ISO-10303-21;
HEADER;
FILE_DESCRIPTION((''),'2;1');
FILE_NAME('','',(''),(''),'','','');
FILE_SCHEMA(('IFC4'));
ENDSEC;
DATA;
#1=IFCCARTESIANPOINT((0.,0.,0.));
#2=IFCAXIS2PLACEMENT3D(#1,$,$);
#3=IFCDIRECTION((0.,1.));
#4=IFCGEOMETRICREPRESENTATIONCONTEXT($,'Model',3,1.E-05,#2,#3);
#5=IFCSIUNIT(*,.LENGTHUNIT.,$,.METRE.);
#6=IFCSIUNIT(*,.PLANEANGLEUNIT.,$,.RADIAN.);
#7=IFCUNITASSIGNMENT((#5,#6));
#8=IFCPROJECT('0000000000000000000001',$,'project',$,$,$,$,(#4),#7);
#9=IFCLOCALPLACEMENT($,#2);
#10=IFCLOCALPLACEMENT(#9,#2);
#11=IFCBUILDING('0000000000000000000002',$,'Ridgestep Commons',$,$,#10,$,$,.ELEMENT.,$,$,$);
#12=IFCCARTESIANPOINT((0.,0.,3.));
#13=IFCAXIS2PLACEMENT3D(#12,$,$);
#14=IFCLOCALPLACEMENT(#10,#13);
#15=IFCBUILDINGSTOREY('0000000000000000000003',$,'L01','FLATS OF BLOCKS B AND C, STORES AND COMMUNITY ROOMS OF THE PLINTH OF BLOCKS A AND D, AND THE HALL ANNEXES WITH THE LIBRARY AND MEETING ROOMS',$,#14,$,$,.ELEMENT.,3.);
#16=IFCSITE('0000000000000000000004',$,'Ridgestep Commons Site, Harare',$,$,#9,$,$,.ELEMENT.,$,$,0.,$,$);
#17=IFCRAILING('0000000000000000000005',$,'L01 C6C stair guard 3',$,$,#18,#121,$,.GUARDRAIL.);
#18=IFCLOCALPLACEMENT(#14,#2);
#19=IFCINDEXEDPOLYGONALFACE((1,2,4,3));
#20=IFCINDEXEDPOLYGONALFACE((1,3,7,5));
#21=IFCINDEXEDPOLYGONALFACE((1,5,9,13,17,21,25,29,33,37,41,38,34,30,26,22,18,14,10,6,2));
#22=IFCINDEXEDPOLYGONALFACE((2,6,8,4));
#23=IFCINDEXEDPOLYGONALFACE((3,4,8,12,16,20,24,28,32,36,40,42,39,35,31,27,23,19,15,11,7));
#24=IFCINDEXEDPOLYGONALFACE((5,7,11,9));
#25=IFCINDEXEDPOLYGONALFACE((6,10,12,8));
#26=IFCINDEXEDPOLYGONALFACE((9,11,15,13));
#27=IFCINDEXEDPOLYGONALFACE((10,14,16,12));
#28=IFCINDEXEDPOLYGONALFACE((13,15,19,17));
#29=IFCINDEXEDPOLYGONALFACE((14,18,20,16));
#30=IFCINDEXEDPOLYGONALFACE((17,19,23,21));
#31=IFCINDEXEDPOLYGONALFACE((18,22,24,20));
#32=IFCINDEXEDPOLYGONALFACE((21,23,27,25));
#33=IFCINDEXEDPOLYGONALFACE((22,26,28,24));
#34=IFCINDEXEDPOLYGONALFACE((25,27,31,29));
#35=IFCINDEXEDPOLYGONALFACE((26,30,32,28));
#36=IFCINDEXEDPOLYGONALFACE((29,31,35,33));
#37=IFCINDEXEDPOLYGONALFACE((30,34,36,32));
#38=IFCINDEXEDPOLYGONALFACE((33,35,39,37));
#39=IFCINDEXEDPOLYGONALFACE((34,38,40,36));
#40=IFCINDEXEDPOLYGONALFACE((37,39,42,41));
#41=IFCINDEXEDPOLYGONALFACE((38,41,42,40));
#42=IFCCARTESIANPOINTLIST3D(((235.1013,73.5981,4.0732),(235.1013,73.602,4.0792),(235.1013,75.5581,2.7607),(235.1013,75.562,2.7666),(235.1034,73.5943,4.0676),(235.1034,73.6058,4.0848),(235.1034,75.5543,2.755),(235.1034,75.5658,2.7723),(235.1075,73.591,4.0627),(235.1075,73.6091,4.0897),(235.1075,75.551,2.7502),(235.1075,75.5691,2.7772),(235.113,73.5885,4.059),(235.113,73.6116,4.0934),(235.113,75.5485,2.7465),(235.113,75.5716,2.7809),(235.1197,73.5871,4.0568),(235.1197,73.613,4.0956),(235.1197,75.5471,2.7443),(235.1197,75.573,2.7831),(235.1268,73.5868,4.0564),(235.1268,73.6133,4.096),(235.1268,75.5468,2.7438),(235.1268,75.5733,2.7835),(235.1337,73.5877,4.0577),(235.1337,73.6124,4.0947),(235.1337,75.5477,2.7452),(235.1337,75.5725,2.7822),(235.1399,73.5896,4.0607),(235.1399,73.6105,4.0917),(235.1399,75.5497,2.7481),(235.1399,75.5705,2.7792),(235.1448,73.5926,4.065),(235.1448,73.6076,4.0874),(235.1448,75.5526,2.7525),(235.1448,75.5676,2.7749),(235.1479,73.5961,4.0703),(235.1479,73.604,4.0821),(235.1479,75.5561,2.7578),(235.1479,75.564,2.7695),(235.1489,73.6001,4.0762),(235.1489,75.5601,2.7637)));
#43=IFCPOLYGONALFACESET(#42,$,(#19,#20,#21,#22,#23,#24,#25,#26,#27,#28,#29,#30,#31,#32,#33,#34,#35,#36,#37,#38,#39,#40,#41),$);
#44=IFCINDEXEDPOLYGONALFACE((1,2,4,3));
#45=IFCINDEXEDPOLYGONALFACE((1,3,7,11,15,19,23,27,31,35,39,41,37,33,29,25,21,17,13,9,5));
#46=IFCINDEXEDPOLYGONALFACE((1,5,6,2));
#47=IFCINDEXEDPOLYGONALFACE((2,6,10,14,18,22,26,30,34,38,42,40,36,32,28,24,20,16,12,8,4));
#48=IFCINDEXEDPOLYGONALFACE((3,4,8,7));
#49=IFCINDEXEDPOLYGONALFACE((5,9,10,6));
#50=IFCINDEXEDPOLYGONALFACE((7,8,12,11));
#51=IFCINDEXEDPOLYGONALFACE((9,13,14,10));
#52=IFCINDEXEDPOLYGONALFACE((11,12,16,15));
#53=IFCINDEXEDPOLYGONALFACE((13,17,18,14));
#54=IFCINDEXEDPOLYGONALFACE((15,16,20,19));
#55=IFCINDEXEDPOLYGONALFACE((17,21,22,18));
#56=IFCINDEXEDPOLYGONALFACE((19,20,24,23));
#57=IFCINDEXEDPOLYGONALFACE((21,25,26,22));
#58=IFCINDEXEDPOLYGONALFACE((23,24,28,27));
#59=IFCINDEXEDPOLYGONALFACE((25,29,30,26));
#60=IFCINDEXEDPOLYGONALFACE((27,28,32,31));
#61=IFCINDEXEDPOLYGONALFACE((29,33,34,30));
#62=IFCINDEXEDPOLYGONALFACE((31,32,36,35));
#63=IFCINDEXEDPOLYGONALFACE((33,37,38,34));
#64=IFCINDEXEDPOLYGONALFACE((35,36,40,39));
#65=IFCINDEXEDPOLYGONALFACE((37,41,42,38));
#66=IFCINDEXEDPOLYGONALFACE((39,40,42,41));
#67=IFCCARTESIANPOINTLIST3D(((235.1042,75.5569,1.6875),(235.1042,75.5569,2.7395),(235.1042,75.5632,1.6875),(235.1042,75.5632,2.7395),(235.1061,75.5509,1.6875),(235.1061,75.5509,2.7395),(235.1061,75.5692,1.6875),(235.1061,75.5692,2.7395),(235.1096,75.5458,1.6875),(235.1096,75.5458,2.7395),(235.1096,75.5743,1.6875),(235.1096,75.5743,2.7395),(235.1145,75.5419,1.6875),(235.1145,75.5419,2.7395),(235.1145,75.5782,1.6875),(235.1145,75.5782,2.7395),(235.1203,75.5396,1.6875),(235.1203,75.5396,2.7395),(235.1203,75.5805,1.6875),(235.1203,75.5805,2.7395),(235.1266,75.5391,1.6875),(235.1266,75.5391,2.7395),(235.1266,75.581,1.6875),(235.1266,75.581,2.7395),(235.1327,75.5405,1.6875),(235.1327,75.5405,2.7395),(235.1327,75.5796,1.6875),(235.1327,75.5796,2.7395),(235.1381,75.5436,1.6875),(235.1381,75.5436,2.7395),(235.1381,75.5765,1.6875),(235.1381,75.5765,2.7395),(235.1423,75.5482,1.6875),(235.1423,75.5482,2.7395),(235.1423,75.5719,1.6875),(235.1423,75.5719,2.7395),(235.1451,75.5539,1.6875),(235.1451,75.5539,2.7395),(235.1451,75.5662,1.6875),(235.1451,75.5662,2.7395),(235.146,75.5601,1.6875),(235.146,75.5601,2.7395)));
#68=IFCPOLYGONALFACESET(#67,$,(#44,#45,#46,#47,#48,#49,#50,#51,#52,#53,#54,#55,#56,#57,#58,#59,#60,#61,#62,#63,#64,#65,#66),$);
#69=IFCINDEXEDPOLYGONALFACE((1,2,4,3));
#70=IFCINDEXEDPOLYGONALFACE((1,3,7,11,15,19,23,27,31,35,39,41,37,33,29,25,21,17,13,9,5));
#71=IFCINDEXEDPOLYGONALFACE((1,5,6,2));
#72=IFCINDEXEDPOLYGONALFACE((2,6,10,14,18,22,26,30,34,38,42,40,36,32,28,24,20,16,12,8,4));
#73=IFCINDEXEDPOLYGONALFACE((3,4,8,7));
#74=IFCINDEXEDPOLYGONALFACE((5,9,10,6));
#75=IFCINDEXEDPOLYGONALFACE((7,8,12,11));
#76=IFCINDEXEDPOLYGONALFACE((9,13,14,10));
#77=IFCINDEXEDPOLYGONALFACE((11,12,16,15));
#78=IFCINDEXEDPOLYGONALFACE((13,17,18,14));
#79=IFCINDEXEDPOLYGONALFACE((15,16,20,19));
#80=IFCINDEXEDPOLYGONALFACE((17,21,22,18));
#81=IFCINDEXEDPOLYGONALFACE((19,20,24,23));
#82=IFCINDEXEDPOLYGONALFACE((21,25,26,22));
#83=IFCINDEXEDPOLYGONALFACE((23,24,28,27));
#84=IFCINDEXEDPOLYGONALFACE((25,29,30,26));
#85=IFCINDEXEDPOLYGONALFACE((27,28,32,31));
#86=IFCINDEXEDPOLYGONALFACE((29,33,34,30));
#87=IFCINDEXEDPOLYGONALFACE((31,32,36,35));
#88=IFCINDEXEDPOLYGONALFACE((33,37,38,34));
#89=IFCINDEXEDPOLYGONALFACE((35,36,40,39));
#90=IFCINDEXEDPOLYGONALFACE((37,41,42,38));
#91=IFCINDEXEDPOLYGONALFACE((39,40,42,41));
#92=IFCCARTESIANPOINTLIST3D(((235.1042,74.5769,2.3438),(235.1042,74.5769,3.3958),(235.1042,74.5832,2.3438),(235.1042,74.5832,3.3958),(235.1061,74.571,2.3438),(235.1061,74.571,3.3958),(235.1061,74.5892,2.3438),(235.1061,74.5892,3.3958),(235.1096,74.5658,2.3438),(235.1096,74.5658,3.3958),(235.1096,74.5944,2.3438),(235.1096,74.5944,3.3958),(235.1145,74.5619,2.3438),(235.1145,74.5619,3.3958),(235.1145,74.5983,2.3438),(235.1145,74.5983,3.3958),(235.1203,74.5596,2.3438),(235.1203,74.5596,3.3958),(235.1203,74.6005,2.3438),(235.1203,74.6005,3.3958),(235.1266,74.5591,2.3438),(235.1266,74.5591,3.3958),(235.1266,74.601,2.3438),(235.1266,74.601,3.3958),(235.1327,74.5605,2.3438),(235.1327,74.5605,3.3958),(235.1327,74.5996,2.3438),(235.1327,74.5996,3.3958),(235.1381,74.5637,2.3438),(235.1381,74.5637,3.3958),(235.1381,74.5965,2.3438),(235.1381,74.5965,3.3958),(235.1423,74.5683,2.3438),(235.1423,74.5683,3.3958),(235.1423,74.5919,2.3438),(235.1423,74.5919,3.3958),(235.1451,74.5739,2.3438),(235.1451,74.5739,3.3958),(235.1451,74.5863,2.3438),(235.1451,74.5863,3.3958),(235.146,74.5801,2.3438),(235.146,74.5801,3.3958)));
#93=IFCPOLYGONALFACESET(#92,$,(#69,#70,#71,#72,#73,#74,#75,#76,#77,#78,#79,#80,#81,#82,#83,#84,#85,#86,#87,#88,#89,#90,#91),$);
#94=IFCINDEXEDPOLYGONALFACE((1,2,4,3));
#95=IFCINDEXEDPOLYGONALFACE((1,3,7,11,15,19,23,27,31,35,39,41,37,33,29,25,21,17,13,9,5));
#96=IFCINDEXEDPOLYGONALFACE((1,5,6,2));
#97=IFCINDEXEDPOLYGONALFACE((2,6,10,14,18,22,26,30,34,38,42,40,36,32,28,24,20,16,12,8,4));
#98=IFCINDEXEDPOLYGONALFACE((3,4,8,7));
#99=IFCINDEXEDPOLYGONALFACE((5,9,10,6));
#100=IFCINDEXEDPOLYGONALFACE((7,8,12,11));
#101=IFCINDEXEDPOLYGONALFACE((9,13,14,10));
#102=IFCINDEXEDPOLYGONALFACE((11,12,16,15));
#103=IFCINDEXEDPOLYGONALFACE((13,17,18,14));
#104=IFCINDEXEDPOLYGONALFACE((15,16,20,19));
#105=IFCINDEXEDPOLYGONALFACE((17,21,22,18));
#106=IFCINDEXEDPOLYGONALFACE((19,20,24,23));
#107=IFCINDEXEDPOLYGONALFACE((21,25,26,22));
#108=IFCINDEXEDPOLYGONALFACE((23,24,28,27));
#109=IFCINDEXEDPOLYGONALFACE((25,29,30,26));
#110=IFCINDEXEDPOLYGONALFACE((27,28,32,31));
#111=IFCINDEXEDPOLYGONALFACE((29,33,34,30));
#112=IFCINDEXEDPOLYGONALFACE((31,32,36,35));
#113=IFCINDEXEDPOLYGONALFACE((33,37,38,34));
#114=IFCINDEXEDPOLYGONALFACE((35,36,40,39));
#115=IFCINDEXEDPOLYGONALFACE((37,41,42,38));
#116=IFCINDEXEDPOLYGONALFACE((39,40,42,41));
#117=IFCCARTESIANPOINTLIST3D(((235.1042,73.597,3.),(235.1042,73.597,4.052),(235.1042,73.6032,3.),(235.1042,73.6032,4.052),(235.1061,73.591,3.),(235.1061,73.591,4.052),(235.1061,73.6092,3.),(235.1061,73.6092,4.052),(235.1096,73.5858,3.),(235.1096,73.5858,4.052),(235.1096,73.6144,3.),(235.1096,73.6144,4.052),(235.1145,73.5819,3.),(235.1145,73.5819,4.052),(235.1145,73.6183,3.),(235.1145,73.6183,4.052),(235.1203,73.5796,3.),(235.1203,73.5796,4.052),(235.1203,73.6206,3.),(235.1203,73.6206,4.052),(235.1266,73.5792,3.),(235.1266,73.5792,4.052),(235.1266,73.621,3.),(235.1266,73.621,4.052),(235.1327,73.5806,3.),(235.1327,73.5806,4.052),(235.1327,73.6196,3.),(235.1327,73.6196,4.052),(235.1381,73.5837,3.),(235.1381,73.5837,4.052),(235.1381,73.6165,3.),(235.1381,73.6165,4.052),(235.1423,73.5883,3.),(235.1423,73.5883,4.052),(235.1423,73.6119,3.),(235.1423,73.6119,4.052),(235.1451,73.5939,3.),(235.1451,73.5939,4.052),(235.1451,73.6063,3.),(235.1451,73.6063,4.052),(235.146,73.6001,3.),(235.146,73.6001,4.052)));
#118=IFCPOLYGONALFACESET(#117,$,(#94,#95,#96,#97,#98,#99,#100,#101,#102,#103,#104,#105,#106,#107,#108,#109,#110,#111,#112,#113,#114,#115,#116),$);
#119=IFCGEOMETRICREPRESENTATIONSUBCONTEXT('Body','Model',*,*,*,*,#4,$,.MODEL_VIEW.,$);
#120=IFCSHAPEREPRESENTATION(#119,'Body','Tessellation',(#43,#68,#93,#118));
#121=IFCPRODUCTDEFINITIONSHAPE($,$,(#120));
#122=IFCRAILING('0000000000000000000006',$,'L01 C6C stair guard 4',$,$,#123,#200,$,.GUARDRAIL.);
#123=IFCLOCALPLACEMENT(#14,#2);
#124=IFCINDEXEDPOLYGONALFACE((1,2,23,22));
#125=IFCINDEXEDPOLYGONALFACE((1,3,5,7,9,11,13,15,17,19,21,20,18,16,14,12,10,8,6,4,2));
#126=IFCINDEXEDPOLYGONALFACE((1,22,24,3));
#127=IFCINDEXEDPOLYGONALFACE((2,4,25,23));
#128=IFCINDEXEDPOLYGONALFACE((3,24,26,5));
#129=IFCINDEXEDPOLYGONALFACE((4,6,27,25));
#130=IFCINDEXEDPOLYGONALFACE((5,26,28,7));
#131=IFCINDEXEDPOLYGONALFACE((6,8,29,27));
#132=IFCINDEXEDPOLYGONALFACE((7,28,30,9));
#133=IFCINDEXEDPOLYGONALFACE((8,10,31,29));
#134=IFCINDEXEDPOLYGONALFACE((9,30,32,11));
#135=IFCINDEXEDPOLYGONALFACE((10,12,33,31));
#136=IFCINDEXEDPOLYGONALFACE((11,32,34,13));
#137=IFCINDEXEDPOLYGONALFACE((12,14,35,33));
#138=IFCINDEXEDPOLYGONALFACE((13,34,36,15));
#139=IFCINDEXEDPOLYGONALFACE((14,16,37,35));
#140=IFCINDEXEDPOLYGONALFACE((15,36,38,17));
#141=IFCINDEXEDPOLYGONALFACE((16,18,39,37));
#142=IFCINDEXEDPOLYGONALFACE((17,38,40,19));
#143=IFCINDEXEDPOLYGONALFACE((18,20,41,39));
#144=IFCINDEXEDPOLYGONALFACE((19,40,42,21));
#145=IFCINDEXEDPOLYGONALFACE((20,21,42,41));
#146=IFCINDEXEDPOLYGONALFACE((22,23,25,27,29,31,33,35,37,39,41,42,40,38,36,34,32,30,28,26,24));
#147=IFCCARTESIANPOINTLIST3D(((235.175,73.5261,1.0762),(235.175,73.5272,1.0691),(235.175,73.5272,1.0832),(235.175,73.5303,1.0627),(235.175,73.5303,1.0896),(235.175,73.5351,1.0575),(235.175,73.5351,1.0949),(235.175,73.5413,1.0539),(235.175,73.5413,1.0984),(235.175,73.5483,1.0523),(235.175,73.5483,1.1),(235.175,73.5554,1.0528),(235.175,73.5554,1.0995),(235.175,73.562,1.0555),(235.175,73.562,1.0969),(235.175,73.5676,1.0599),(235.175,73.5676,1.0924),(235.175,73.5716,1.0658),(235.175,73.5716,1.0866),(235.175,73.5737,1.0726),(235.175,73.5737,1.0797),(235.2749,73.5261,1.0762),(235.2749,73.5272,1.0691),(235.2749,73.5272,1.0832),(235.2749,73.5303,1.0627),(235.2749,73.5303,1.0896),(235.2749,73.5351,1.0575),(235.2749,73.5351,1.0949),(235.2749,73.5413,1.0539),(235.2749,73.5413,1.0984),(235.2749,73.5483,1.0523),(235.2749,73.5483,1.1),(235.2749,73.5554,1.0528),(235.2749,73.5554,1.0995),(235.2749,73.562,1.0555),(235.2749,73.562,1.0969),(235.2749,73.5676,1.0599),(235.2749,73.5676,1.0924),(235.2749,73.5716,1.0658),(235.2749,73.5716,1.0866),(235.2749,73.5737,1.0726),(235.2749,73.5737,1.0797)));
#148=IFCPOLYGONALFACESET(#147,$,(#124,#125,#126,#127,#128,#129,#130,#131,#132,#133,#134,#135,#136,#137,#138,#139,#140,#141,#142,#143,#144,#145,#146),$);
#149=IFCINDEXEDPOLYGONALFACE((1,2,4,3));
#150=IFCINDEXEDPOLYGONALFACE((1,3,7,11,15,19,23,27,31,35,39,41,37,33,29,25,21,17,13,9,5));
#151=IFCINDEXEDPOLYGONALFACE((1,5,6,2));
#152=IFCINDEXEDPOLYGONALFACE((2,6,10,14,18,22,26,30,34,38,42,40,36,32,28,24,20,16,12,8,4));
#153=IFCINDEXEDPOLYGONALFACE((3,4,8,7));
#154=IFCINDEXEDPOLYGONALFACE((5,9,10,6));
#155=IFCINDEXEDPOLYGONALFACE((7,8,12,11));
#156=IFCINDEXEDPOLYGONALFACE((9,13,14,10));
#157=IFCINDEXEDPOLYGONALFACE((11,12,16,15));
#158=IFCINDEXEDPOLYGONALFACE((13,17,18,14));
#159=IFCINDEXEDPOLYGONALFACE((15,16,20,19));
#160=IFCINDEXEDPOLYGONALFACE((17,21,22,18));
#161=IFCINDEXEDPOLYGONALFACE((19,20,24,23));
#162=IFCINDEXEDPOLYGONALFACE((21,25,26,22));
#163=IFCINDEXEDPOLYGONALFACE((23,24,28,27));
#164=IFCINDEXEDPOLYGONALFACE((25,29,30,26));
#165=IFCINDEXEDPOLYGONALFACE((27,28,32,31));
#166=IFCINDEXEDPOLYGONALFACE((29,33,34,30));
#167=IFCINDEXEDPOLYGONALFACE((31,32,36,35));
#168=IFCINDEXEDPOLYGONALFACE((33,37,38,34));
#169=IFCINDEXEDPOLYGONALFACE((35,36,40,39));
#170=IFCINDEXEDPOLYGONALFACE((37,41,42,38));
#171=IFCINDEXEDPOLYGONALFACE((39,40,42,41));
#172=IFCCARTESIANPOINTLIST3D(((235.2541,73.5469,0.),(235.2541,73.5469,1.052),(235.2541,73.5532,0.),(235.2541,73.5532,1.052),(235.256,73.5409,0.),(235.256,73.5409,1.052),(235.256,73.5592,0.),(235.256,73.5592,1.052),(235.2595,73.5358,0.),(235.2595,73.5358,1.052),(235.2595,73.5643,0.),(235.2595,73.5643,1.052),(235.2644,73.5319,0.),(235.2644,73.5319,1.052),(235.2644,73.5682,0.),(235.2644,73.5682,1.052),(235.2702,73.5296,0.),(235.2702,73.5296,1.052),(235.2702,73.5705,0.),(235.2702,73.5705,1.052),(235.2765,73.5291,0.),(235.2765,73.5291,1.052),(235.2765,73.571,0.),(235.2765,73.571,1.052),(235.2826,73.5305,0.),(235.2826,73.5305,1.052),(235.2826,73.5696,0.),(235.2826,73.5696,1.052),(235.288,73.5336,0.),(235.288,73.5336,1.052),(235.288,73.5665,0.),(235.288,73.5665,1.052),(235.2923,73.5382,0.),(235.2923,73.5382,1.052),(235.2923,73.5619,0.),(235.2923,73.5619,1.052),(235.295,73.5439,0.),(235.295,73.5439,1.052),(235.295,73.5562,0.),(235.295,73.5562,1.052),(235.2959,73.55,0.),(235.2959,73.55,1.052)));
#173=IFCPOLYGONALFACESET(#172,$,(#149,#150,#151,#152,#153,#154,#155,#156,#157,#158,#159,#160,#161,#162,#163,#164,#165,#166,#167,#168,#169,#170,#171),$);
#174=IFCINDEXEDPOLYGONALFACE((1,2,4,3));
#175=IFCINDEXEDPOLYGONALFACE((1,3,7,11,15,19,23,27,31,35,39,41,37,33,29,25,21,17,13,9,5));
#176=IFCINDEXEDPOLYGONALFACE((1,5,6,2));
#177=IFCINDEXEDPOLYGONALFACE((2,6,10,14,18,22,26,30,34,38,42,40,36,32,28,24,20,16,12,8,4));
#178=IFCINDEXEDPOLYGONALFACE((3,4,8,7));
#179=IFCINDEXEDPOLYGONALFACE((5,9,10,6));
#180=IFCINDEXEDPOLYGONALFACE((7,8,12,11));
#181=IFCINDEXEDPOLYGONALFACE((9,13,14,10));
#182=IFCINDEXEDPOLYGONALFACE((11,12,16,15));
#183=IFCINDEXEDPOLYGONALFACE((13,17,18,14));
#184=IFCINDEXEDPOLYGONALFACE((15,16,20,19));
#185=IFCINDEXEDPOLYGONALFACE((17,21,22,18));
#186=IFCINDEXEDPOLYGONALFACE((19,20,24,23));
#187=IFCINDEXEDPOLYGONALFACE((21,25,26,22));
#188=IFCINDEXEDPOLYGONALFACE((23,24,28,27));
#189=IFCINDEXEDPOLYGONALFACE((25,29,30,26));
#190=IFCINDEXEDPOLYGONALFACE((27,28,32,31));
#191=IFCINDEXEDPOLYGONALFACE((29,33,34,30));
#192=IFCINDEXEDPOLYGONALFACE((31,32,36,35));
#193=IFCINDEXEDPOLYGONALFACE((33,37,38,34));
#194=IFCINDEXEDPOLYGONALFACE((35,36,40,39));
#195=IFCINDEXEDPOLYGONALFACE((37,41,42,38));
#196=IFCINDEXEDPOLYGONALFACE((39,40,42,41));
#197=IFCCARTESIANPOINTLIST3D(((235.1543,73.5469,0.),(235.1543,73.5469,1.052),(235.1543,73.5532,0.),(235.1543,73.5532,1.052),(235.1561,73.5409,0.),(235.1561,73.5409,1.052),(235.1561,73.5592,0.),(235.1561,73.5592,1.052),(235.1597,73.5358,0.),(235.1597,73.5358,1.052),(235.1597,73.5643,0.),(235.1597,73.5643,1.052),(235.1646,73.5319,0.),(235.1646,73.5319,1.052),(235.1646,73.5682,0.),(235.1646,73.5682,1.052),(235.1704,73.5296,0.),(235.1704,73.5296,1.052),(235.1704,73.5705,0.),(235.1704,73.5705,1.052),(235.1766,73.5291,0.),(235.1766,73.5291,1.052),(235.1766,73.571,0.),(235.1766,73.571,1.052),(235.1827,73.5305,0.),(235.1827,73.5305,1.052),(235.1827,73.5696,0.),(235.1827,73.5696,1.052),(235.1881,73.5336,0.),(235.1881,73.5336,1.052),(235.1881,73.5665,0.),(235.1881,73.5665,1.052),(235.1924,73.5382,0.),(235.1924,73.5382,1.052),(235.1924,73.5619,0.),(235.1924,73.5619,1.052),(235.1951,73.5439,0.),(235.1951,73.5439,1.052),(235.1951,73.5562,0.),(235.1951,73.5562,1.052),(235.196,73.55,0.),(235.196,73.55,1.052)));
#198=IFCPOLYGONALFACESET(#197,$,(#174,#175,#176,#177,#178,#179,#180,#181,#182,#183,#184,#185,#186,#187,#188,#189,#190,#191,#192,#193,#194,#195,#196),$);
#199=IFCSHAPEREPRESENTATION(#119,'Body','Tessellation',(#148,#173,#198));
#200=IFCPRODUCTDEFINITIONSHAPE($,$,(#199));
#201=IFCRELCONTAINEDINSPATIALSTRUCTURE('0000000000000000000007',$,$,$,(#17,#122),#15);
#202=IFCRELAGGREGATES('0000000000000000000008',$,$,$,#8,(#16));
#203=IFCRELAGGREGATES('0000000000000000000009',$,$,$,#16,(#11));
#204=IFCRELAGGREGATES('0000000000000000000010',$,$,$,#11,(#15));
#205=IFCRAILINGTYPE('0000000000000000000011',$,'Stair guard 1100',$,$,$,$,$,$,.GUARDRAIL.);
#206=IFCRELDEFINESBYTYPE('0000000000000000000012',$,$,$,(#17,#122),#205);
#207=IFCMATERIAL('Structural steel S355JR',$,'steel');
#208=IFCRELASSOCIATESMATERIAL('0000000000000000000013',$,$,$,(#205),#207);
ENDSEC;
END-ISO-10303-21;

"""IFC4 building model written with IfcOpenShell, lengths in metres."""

from ifc_helpers import new_model, si_unit, direction, frame, origin, origin_2d, place, context, subcontext, project, spatial, circle, extrude, material, type_object, element, save


model = new_model("IFC4")

# Units and contexts
model_context = context("Model", 3, precision=1e-05, world=origin(), true_north=direction((0.0, 1.0)))
body_context = subcontext(model_context, "Body", "Model", "MODEL_VIEW")
ifc_project = project(units=[si_unit("LENGTHUNIT", "METRE"), si_unit("PLANEANGLEUNIT", "RADIAN")], contexts=[model_context])

# Site, building, storey
site_placement = place(None, origin())
site = spatial("IfcSite", under=ifc_project, at=site_placement, Name="Ridgestep Commons Site, Harare", CompositionType="ELEMENT", RefElevation=0.0)
building_placement = place(site_placement, origin())
building = spatial("IfcBuilding", under=site, at=building_placement, Name="Ridgestep Commons", CompositionType="ELEMENT")
storey_placement = place(building_placement, frame((0.0, 0.0, 3.0)))
storey = spatial("IfcBuildingStorey", under=building, at=storey_placement, Name="L01", Description="FLATS OF BLOCKS B AND C, STORES AND COMMUNITY ROOMS OF THE PLINTH OF BLOCKS A AND D, AND THE HALL ANNEXES WITH THE LIBRARY AND MEETING ROOMS", CompositionType="ELEMENT", Elevation=3.0)

# Railings
ifc_material_1 = material(Name="Structural steel S355JR", Category="steel")
railing_type_1 = type_object("IfcRailingType", Name="Stair guard 1100", PredefinedType="GUARDRAIL", material=ifc_material_1)
railing_1_placement = place(storey_placement, frame((235.125, 75.5601, 1.6875)))
element("IfcRailing", 1, at=railing_1_placement, inside=storey, type_object=railing_type_1, Name="L01 C6C stair guard 3", PredefinedType="GUARDRAIL", context=body_context, shape_type="SweptSolid", body=[
    extrude(circle(Radius=0.0239, at=origin_2d()), frame((0.0, 0.0, 1.0762), z_axis=(0.0, -0.830902, 0.556419), x_axis=(1.0, 0.0, 0.0)), (0.0, 0.0, 1.0), 2.3589),
    extrude(circle(Radius=0.021, at=origin_2d()), origin(), (0.0, 0.0, 1.0), 1.052),
    extrude(circle(Radius=0.021, at=origin_2d()), frame((0.0, -0.98, 0.6562)), (0.0, 0.0, 1.0), 1.052),
    extrude(circle(Radius=0.021, at=origin_2d()), frame((0.0, -1.96, 1.3125)), (0.0, 0.0, 1.0), 1.052),
])
railing_2_placement = place(storey_placement, frame((235.2749, 73.55, 0.0)))
element("IfcRailing", 2, at=railing_2_placement, inside=storey, type_object=railing_type_1, Name="L01 C6C stair guard 4", PredefinedType="GUARDRAIL", context=body_context, shape_type="SweptSolid", body=[
    extrude(circle(Radius=0.0239, at=origin_2d()), frame((0.0, 0.0, 1.0762), z_axis=(-1.0, 0.0, 0.0), x_axis=(0.0, -1.0, 0.0)), (0.0, 0.0, 1.0), 0.0999),
    extrude(circle(Radius=0.021, at=origin_2d()), origin(), (0.0, 0.0, 1.0), 1.052),
    extrude(circle(Radius=0.021, at=origin_2d()), frame((-0.0999, 0.0, 0.0)), (0.0, 0.0, 1.0), 1.052),
])

save(model, "model.ifc")
